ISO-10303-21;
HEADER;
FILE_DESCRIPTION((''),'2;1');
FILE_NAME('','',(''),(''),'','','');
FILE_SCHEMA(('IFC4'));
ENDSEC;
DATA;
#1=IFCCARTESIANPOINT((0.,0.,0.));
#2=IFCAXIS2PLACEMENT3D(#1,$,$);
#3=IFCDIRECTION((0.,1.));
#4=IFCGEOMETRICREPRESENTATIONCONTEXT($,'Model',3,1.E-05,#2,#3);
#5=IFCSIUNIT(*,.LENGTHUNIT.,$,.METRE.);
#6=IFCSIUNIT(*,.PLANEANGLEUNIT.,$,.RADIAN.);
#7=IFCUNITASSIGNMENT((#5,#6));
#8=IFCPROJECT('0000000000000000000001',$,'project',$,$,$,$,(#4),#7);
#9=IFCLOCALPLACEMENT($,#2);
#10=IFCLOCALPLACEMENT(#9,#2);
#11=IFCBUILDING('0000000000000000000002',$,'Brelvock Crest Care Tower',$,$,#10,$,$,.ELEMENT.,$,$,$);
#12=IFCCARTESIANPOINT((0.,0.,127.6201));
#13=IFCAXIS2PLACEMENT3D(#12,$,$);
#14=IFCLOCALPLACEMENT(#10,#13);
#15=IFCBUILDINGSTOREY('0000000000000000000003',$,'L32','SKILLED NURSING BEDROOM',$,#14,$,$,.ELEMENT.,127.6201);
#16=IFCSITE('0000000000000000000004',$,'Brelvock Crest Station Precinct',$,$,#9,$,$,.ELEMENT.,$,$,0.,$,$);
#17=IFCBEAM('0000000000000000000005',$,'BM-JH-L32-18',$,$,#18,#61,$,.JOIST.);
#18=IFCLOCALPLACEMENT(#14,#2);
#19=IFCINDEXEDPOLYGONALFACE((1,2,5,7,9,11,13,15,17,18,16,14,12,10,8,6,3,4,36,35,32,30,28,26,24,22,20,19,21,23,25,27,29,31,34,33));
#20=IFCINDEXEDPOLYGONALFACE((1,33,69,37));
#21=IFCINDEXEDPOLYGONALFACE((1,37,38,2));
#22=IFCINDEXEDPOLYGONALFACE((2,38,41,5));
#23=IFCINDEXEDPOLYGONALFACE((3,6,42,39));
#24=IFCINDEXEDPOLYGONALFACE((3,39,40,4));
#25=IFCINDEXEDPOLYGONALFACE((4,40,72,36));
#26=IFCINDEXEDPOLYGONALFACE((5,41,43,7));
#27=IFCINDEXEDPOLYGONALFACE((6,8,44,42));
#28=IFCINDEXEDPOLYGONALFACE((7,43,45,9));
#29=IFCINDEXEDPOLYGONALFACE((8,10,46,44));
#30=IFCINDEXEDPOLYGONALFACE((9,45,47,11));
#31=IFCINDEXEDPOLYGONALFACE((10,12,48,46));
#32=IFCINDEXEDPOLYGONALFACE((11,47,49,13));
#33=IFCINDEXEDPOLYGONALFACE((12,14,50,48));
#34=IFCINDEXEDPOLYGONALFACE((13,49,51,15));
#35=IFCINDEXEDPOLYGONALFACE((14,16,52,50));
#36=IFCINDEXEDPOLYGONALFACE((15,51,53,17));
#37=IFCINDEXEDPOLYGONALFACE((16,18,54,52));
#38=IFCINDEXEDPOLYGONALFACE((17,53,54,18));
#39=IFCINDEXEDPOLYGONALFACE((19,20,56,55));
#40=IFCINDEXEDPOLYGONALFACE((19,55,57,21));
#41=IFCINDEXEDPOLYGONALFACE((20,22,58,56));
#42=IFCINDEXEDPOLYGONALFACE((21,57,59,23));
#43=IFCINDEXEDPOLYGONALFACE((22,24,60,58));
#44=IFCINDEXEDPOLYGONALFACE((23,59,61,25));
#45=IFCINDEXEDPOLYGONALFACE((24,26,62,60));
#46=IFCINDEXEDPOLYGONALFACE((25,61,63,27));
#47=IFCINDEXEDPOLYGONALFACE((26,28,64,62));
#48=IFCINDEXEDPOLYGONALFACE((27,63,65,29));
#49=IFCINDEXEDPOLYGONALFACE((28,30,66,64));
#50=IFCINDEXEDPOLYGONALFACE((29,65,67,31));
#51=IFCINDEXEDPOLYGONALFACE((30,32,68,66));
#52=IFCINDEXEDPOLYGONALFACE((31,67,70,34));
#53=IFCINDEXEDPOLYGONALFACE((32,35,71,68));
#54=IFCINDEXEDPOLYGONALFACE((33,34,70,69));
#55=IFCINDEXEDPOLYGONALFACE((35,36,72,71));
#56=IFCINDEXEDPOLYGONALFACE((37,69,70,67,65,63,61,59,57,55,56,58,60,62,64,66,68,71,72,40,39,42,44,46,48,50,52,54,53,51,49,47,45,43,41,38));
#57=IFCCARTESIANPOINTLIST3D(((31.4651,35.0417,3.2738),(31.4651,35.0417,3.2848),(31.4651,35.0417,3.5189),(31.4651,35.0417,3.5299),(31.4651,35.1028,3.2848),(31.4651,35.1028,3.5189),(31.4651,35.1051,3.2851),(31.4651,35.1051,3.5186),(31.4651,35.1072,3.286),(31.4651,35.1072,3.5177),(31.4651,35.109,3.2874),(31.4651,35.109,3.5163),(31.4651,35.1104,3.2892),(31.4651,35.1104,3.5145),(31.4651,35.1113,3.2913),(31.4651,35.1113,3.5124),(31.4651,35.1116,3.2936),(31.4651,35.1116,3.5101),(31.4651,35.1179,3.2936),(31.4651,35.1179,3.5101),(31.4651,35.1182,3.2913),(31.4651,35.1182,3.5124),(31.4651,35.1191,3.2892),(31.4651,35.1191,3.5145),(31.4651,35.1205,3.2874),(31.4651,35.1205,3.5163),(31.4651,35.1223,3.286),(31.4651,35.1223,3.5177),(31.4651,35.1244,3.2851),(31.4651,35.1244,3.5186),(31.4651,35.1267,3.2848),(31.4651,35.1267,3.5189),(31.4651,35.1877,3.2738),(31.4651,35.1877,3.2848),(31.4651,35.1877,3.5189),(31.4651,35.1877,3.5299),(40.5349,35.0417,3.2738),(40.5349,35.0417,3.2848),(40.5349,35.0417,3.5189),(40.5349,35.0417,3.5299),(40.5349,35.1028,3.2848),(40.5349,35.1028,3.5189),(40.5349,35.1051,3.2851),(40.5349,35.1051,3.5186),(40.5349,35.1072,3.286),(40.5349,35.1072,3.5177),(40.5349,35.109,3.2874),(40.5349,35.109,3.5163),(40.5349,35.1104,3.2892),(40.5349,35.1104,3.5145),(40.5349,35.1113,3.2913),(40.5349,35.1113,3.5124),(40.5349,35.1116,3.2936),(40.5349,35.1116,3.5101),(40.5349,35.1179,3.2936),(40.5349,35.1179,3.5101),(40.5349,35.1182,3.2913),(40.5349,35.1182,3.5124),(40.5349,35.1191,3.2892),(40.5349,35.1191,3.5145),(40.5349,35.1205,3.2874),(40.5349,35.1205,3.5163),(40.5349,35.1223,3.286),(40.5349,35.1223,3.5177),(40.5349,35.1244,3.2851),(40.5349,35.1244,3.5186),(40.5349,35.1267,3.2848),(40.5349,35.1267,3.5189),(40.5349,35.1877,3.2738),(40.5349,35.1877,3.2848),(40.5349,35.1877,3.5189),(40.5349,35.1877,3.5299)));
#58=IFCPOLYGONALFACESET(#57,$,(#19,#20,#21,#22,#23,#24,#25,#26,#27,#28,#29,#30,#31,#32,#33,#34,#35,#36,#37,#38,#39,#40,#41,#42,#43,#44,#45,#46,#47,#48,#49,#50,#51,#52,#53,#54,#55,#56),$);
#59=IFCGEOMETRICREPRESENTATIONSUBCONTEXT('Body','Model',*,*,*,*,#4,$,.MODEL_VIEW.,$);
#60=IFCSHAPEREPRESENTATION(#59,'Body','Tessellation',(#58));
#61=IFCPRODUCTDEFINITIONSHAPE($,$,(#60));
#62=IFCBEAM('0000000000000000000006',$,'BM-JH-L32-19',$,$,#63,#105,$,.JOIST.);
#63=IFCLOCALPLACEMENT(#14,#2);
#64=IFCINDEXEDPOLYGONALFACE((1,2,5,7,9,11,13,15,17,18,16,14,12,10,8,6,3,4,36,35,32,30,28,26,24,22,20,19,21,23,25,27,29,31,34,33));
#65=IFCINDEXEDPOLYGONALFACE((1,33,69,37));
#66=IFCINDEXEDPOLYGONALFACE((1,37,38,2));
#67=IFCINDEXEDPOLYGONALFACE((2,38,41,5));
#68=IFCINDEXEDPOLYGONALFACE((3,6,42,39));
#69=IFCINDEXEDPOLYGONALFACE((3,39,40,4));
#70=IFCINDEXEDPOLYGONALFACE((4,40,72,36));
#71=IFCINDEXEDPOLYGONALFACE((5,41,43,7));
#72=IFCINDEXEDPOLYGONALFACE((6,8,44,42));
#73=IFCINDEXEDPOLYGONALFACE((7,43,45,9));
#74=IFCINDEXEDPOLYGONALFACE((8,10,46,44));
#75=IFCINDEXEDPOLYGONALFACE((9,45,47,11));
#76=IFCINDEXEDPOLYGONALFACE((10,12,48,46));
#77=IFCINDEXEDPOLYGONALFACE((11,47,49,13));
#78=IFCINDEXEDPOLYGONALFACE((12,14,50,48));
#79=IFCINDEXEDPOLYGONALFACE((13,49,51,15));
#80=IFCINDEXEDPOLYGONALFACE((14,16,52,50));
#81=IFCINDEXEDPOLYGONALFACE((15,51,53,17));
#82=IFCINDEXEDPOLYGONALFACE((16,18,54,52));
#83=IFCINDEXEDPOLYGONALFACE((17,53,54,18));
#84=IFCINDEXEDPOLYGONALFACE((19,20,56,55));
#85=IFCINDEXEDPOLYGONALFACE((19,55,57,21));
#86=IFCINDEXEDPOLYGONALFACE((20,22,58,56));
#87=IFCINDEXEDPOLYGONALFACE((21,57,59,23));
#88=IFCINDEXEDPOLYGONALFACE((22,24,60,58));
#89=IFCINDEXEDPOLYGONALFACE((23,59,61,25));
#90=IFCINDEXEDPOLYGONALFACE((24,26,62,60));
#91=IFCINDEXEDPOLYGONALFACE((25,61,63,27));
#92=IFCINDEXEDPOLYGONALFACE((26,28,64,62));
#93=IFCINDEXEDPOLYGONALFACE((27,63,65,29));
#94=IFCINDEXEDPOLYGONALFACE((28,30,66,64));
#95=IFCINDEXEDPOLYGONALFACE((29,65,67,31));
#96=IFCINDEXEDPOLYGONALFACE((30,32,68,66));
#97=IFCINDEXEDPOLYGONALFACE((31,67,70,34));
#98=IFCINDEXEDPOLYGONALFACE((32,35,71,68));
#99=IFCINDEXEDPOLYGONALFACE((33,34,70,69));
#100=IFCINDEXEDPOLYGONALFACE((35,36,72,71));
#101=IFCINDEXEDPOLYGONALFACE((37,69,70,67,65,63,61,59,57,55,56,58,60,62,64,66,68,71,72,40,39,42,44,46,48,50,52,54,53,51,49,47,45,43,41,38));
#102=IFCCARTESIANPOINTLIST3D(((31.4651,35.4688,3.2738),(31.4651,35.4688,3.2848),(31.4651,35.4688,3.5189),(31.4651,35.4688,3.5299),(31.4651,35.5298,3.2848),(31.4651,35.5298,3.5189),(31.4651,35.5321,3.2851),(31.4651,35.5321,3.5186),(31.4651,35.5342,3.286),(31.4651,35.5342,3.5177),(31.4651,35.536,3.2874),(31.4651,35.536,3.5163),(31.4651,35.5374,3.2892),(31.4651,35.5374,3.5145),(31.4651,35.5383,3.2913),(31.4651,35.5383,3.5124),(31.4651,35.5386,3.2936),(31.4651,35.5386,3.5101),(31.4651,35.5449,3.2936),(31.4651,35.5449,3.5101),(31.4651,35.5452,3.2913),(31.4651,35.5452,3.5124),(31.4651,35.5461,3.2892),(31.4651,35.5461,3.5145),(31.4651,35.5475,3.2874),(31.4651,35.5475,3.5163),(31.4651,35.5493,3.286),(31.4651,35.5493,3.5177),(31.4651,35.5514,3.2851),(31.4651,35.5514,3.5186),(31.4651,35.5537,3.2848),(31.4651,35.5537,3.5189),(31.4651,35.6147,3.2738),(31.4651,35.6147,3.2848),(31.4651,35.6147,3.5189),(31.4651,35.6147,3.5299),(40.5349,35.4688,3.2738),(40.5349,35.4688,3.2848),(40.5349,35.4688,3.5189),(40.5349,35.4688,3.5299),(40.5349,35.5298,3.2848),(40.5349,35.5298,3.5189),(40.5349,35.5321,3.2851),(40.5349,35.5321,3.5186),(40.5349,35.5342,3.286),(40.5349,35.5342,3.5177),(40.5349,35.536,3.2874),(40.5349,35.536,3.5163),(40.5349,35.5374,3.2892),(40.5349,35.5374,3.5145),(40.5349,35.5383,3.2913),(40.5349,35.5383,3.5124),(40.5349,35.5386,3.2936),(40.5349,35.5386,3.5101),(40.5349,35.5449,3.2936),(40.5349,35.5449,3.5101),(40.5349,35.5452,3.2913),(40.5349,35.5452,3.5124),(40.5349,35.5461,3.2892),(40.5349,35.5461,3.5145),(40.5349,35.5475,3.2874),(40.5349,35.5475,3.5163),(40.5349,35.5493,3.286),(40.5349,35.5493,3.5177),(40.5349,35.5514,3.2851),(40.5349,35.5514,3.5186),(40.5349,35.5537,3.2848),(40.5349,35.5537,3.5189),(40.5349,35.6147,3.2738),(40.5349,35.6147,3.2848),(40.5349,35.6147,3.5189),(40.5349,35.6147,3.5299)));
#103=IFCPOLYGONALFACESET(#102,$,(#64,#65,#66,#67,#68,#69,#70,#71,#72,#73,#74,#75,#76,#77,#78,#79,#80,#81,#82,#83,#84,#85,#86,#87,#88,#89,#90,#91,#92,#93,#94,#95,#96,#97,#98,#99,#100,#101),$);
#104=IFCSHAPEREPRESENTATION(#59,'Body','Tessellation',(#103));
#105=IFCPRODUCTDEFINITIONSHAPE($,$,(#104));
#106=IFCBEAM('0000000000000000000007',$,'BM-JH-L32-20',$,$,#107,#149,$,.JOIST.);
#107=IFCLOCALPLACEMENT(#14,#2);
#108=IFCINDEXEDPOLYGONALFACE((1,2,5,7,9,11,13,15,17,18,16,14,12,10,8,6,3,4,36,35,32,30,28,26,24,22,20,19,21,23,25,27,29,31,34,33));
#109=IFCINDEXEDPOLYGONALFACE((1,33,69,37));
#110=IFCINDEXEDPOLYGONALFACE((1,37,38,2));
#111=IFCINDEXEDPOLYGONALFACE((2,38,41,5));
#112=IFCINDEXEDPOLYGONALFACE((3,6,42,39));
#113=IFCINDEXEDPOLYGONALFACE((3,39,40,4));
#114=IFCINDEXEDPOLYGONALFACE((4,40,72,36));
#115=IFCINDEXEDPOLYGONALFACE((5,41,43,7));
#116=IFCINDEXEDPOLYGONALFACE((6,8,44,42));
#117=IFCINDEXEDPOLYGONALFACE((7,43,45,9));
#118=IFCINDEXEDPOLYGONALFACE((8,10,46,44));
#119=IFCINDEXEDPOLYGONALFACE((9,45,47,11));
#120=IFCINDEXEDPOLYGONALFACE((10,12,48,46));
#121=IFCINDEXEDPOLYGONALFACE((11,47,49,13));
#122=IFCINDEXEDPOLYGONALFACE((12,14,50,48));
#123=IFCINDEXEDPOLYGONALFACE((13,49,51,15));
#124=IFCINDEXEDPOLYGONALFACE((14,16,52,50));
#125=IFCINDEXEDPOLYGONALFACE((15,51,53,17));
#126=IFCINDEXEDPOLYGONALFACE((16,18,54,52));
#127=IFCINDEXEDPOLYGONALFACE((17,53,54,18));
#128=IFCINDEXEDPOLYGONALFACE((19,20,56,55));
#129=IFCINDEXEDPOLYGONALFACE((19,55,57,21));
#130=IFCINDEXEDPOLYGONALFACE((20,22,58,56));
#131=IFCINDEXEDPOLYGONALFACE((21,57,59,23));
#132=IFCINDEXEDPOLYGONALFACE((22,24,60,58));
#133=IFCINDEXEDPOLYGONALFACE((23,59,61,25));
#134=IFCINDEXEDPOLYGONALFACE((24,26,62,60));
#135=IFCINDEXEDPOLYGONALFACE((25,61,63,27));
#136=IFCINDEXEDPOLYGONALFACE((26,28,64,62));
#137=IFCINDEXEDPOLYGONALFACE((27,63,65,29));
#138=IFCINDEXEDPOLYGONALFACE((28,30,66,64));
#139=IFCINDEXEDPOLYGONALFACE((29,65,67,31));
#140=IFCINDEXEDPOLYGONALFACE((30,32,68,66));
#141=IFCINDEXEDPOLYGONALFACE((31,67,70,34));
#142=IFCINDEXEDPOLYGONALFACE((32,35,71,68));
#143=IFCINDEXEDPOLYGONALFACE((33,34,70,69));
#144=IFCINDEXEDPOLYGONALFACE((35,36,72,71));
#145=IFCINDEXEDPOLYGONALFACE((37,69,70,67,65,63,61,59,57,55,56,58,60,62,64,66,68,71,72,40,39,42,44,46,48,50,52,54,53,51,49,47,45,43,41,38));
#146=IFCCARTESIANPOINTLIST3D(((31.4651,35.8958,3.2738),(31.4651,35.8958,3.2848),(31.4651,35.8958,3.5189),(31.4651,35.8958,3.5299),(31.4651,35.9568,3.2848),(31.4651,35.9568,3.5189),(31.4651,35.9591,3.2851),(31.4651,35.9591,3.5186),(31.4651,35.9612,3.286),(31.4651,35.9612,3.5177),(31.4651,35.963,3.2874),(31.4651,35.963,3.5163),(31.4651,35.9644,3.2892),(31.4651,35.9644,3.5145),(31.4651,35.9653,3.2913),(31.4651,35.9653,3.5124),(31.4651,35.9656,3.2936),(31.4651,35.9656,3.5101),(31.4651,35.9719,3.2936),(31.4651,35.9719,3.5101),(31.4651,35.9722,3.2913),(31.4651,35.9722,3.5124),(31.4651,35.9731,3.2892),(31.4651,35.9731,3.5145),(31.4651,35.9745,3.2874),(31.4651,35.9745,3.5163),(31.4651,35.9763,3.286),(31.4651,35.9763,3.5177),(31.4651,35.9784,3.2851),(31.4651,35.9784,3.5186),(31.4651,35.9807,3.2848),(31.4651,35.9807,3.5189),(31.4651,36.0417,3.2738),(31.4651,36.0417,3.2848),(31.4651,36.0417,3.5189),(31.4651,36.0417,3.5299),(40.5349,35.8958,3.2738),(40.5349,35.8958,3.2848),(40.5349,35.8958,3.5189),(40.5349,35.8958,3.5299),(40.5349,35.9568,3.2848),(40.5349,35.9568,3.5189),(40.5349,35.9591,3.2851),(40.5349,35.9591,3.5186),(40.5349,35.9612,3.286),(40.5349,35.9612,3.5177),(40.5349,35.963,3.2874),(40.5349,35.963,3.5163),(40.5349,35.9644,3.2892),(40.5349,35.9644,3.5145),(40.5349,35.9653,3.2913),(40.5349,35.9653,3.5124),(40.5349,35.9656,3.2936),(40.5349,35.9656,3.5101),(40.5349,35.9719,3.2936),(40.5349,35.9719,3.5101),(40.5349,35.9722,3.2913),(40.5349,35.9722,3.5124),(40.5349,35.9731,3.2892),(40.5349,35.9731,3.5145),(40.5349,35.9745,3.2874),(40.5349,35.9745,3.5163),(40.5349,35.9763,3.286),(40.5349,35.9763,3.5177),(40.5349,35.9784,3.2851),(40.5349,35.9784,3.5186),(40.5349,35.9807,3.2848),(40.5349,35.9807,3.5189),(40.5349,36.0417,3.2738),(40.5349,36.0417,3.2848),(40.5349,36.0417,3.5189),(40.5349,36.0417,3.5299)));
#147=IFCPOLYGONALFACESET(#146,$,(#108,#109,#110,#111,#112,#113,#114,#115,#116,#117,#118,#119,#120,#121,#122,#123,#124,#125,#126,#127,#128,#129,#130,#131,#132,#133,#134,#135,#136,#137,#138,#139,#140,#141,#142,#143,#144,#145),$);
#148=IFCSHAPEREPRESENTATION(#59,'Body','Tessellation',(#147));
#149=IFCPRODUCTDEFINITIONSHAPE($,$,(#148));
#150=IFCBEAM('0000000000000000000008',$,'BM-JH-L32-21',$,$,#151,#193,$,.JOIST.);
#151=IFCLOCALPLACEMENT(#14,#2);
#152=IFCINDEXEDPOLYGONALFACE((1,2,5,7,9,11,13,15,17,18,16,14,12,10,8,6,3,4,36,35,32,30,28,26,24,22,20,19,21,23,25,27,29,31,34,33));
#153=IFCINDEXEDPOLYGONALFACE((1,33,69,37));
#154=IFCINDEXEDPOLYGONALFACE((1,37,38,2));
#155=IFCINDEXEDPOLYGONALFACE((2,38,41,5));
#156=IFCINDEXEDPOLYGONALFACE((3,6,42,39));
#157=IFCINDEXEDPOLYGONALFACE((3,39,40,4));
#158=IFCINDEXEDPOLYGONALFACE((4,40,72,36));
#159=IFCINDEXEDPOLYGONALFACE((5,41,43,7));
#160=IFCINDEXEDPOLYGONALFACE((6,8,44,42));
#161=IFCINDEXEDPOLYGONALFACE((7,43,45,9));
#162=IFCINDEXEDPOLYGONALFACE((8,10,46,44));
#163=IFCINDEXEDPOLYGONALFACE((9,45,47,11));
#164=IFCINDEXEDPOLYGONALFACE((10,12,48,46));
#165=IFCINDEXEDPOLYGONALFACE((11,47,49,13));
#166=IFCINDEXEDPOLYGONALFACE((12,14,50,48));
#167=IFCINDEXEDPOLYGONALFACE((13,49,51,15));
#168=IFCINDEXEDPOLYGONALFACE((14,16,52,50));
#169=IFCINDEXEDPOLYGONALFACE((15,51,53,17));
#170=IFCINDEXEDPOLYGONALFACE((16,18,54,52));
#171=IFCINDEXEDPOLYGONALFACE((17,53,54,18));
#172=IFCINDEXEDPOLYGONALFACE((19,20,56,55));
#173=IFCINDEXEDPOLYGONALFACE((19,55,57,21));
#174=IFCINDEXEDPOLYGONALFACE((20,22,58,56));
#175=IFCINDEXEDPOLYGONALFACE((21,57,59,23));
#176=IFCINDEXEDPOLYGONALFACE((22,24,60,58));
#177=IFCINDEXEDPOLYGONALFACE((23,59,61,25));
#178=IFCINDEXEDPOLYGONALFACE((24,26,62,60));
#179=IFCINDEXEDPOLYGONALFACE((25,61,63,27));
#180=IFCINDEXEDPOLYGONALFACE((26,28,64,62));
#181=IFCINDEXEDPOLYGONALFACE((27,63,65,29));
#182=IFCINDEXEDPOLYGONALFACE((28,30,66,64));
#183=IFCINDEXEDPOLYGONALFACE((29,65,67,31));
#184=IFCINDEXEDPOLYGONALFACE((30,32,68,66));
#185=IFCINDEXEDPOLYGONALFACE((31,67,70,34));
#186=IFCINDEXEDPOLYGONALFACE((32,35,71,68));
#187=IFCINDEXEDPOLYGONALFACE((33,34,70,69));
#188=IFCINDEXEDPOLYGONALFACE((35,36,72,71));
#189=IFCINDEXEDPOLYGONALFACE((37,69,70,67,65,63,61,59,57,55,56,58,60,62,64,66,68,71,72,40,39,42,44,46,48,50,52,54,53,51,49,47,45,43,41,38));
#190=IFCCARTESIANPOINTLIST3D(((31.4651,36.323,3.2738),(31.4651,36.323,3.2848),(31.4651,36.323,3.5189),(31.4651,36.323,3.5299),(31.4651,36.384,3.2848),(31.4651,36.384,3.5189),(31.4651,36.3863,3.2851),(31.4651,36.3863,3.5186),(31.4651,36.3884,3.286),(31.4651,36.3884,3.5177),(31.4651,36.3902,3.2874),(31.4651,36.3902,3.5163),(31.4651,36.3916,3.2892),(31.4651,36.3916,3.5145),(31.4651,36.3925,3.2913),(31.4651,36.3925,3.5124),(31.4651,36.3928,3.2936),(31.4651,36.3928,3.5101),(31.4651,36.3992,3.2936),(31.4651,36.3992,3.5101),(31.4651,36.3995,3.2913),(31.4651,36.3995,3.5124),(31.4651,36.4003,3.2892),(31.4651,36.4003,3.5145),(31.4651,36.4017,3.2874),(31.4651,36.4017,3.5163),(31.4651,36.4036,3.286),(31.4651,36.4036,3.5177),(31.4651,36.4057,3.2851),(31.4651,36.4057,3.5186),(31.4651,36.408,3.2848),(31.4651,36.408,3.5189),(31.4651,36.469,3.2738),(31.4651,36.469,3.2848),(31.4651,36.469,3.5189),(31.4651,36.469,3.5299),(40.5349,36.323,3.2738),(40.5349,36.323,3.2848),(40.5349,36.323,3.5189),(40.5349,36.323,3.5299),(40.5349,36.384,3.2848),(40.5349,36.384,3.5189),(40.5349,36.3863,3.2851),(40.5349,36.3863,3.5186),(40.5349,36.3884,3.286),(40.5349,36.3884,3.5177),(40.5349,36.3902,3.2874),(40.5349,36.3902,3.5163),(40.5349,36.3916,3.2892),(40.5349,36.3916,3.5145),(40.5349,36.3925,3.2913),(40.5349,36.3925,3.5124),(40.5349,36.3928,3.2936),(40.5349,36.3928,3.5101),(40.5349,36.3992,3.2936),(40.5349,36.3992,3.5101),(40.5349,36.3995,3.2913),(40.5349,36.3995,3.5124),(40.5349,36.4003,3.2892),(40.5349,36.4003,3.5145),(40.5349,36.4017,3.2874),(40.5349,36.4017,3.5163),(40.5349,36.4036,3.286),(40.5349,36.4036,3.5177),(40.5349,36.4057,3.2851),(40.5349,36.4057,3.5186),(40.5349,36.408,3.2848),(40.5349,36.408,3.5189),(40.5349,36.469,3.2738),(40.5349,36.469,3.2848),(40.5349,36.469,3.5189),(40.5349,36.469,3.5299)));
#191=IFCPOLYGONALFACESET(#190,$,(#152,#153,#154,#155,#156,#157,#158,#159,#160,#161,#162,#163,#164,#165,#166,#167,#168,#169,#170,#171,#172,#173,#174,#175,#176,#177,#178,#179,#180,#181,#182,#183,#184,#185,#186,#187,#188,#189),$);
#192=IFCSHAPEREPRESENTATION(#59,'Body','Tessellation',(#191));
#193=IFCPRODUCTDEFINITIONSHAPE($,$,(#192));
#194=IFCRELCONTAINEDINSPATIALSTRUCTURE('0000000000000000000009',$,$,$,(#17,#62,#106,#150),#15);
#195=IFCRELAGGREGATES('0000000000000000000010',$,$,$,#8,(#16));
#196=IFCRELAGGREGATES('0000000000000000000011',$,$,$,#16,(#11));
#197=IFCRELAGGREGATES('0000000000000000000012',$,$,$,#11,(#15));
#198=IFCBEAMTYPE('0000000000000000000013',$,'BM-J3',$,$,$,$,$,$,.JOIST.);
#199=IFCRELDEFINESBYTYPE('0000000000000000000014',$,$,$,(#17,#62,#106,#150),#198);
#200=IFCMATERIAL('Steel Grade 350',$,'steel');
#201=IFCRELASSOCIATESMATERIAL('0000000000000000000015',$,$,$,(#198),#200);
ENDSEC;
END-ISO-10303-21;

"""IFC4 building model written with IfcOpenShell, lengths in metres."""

from ifc_helpers import new_model, si_unit, direction, frame, origin, origin_2d, place, context, subcontext, project, spatial, i_section, extrude, source, transform, mapped, material, material_profile, profile_set, type_object, element, save


model = new_model("IFC4")

# Units and contexts
model_context = context("Model", 3, precision=1e-05, world=origin(), true_north=direction((0.0, 1.0)))
body_context = subcontext(model_context, "Body", "Model", "MODEL_VIEW")
ifc_project = project(units=[si_unit("LENGTHUNIT", "METRE"), si_unit("PLANEANGLEUNIT", "RADIAN")], contexts=[model_context])

# Site, building, storey
site_placement = place(None, origin())
site = spatial("IfcSite", under=ifc_project, at=site_placement, Name="Brelvock Crest Station Precinct", CompositionType="ELEMENT", RefElevation=0.0)
building_placement = place(site_placement, origin())
building = spatial("IfcBuilding", under=site, at=building_placement, Name="Brelvock Crest Care Tower", CompositionType="ELEMENT")
storey_placement = place(building_placement, frame((0.0, 0.0, 127.6201)))
storey = spatial("IfcBuildingStorey", under=building, at=storey_placement, Name="L32", Description="SKILLED NURSING BEDROOM", CompositionType="ELEMENT", Elevation=127.6201)

# Beams
ifc_material = material(Name="Steel Grade 350", Category="steel")
ifc_material_profile = material_profile(ifc_material, i_section(OverallWidth=0.146, OverallDepth=0.2561, WebThickness=0.0063, FlangeThickness=0.011, FilletRadius=0.0088, at=origin_2d()), Name="250UB37.3")
ifc_profile_set = profile_set([ifc_material_profile], Name="Steel Grade 350")
beam_type = type_object("IfcBeamType", Name="BM-J3", PredefinedType="JOIST", material=ifc_profile_set)
shared_shape = source(origin(), body_context, "Body", "SweptSolid", [
    extrude(i_section(OverallWidth=0.146, OverallDepth=0.2561, WebThickness=0.0063, FlangeThickness=0.011, FilletRadius=0.0088, at=origin_2d()), origin(), (0.0, 0.0, 1.0), 9.0698),
])
for number, where, z_axis, x_axis, name in (
    (1, (31.4651, 35.1147, 3.4019), (1.0, 0.0, 0.0), (0.0, 1.0, 0.0), "BM-JH-L32-18"),
    (2, (31.4651, 35.5417, 3.4019), (1.0, 0.0, 0.0), (0.0, 1.0, 0.0), "BM-JH-L32-19"),
    (3, (31.4651, 35.9688, 3.4019), (1.0, 0.0, 0.0), (0.0, 1.0, 0.0), "BM-JH-L32-20"),
    (4, (31.4651, 36.396, 3.4019), (1.0, 0.0, 0.0), (0.0, 1.0, 0.0), "BM-JH-L32-21"),
):
    element("IfcBeam", number, at=place(storey_placement, frame(where, z_axis=z_axis, x_axis=x_axis)), inside=storey, type_object=beam_type, Name=name, PredefinedType="JOIST", context=body_context, shape_type="MappedRepresentation", body=[
        mapped(shared_shape, transform((0.0, 0.0, 0.0), x_axis=(1.0, 0.0, 0.0), y_axis=(0.0, 1.0, 0.0), z_axis=(0.0, 0.0, 1.0), scale=1.0)),
    ])

save(model, "model.ifc")
